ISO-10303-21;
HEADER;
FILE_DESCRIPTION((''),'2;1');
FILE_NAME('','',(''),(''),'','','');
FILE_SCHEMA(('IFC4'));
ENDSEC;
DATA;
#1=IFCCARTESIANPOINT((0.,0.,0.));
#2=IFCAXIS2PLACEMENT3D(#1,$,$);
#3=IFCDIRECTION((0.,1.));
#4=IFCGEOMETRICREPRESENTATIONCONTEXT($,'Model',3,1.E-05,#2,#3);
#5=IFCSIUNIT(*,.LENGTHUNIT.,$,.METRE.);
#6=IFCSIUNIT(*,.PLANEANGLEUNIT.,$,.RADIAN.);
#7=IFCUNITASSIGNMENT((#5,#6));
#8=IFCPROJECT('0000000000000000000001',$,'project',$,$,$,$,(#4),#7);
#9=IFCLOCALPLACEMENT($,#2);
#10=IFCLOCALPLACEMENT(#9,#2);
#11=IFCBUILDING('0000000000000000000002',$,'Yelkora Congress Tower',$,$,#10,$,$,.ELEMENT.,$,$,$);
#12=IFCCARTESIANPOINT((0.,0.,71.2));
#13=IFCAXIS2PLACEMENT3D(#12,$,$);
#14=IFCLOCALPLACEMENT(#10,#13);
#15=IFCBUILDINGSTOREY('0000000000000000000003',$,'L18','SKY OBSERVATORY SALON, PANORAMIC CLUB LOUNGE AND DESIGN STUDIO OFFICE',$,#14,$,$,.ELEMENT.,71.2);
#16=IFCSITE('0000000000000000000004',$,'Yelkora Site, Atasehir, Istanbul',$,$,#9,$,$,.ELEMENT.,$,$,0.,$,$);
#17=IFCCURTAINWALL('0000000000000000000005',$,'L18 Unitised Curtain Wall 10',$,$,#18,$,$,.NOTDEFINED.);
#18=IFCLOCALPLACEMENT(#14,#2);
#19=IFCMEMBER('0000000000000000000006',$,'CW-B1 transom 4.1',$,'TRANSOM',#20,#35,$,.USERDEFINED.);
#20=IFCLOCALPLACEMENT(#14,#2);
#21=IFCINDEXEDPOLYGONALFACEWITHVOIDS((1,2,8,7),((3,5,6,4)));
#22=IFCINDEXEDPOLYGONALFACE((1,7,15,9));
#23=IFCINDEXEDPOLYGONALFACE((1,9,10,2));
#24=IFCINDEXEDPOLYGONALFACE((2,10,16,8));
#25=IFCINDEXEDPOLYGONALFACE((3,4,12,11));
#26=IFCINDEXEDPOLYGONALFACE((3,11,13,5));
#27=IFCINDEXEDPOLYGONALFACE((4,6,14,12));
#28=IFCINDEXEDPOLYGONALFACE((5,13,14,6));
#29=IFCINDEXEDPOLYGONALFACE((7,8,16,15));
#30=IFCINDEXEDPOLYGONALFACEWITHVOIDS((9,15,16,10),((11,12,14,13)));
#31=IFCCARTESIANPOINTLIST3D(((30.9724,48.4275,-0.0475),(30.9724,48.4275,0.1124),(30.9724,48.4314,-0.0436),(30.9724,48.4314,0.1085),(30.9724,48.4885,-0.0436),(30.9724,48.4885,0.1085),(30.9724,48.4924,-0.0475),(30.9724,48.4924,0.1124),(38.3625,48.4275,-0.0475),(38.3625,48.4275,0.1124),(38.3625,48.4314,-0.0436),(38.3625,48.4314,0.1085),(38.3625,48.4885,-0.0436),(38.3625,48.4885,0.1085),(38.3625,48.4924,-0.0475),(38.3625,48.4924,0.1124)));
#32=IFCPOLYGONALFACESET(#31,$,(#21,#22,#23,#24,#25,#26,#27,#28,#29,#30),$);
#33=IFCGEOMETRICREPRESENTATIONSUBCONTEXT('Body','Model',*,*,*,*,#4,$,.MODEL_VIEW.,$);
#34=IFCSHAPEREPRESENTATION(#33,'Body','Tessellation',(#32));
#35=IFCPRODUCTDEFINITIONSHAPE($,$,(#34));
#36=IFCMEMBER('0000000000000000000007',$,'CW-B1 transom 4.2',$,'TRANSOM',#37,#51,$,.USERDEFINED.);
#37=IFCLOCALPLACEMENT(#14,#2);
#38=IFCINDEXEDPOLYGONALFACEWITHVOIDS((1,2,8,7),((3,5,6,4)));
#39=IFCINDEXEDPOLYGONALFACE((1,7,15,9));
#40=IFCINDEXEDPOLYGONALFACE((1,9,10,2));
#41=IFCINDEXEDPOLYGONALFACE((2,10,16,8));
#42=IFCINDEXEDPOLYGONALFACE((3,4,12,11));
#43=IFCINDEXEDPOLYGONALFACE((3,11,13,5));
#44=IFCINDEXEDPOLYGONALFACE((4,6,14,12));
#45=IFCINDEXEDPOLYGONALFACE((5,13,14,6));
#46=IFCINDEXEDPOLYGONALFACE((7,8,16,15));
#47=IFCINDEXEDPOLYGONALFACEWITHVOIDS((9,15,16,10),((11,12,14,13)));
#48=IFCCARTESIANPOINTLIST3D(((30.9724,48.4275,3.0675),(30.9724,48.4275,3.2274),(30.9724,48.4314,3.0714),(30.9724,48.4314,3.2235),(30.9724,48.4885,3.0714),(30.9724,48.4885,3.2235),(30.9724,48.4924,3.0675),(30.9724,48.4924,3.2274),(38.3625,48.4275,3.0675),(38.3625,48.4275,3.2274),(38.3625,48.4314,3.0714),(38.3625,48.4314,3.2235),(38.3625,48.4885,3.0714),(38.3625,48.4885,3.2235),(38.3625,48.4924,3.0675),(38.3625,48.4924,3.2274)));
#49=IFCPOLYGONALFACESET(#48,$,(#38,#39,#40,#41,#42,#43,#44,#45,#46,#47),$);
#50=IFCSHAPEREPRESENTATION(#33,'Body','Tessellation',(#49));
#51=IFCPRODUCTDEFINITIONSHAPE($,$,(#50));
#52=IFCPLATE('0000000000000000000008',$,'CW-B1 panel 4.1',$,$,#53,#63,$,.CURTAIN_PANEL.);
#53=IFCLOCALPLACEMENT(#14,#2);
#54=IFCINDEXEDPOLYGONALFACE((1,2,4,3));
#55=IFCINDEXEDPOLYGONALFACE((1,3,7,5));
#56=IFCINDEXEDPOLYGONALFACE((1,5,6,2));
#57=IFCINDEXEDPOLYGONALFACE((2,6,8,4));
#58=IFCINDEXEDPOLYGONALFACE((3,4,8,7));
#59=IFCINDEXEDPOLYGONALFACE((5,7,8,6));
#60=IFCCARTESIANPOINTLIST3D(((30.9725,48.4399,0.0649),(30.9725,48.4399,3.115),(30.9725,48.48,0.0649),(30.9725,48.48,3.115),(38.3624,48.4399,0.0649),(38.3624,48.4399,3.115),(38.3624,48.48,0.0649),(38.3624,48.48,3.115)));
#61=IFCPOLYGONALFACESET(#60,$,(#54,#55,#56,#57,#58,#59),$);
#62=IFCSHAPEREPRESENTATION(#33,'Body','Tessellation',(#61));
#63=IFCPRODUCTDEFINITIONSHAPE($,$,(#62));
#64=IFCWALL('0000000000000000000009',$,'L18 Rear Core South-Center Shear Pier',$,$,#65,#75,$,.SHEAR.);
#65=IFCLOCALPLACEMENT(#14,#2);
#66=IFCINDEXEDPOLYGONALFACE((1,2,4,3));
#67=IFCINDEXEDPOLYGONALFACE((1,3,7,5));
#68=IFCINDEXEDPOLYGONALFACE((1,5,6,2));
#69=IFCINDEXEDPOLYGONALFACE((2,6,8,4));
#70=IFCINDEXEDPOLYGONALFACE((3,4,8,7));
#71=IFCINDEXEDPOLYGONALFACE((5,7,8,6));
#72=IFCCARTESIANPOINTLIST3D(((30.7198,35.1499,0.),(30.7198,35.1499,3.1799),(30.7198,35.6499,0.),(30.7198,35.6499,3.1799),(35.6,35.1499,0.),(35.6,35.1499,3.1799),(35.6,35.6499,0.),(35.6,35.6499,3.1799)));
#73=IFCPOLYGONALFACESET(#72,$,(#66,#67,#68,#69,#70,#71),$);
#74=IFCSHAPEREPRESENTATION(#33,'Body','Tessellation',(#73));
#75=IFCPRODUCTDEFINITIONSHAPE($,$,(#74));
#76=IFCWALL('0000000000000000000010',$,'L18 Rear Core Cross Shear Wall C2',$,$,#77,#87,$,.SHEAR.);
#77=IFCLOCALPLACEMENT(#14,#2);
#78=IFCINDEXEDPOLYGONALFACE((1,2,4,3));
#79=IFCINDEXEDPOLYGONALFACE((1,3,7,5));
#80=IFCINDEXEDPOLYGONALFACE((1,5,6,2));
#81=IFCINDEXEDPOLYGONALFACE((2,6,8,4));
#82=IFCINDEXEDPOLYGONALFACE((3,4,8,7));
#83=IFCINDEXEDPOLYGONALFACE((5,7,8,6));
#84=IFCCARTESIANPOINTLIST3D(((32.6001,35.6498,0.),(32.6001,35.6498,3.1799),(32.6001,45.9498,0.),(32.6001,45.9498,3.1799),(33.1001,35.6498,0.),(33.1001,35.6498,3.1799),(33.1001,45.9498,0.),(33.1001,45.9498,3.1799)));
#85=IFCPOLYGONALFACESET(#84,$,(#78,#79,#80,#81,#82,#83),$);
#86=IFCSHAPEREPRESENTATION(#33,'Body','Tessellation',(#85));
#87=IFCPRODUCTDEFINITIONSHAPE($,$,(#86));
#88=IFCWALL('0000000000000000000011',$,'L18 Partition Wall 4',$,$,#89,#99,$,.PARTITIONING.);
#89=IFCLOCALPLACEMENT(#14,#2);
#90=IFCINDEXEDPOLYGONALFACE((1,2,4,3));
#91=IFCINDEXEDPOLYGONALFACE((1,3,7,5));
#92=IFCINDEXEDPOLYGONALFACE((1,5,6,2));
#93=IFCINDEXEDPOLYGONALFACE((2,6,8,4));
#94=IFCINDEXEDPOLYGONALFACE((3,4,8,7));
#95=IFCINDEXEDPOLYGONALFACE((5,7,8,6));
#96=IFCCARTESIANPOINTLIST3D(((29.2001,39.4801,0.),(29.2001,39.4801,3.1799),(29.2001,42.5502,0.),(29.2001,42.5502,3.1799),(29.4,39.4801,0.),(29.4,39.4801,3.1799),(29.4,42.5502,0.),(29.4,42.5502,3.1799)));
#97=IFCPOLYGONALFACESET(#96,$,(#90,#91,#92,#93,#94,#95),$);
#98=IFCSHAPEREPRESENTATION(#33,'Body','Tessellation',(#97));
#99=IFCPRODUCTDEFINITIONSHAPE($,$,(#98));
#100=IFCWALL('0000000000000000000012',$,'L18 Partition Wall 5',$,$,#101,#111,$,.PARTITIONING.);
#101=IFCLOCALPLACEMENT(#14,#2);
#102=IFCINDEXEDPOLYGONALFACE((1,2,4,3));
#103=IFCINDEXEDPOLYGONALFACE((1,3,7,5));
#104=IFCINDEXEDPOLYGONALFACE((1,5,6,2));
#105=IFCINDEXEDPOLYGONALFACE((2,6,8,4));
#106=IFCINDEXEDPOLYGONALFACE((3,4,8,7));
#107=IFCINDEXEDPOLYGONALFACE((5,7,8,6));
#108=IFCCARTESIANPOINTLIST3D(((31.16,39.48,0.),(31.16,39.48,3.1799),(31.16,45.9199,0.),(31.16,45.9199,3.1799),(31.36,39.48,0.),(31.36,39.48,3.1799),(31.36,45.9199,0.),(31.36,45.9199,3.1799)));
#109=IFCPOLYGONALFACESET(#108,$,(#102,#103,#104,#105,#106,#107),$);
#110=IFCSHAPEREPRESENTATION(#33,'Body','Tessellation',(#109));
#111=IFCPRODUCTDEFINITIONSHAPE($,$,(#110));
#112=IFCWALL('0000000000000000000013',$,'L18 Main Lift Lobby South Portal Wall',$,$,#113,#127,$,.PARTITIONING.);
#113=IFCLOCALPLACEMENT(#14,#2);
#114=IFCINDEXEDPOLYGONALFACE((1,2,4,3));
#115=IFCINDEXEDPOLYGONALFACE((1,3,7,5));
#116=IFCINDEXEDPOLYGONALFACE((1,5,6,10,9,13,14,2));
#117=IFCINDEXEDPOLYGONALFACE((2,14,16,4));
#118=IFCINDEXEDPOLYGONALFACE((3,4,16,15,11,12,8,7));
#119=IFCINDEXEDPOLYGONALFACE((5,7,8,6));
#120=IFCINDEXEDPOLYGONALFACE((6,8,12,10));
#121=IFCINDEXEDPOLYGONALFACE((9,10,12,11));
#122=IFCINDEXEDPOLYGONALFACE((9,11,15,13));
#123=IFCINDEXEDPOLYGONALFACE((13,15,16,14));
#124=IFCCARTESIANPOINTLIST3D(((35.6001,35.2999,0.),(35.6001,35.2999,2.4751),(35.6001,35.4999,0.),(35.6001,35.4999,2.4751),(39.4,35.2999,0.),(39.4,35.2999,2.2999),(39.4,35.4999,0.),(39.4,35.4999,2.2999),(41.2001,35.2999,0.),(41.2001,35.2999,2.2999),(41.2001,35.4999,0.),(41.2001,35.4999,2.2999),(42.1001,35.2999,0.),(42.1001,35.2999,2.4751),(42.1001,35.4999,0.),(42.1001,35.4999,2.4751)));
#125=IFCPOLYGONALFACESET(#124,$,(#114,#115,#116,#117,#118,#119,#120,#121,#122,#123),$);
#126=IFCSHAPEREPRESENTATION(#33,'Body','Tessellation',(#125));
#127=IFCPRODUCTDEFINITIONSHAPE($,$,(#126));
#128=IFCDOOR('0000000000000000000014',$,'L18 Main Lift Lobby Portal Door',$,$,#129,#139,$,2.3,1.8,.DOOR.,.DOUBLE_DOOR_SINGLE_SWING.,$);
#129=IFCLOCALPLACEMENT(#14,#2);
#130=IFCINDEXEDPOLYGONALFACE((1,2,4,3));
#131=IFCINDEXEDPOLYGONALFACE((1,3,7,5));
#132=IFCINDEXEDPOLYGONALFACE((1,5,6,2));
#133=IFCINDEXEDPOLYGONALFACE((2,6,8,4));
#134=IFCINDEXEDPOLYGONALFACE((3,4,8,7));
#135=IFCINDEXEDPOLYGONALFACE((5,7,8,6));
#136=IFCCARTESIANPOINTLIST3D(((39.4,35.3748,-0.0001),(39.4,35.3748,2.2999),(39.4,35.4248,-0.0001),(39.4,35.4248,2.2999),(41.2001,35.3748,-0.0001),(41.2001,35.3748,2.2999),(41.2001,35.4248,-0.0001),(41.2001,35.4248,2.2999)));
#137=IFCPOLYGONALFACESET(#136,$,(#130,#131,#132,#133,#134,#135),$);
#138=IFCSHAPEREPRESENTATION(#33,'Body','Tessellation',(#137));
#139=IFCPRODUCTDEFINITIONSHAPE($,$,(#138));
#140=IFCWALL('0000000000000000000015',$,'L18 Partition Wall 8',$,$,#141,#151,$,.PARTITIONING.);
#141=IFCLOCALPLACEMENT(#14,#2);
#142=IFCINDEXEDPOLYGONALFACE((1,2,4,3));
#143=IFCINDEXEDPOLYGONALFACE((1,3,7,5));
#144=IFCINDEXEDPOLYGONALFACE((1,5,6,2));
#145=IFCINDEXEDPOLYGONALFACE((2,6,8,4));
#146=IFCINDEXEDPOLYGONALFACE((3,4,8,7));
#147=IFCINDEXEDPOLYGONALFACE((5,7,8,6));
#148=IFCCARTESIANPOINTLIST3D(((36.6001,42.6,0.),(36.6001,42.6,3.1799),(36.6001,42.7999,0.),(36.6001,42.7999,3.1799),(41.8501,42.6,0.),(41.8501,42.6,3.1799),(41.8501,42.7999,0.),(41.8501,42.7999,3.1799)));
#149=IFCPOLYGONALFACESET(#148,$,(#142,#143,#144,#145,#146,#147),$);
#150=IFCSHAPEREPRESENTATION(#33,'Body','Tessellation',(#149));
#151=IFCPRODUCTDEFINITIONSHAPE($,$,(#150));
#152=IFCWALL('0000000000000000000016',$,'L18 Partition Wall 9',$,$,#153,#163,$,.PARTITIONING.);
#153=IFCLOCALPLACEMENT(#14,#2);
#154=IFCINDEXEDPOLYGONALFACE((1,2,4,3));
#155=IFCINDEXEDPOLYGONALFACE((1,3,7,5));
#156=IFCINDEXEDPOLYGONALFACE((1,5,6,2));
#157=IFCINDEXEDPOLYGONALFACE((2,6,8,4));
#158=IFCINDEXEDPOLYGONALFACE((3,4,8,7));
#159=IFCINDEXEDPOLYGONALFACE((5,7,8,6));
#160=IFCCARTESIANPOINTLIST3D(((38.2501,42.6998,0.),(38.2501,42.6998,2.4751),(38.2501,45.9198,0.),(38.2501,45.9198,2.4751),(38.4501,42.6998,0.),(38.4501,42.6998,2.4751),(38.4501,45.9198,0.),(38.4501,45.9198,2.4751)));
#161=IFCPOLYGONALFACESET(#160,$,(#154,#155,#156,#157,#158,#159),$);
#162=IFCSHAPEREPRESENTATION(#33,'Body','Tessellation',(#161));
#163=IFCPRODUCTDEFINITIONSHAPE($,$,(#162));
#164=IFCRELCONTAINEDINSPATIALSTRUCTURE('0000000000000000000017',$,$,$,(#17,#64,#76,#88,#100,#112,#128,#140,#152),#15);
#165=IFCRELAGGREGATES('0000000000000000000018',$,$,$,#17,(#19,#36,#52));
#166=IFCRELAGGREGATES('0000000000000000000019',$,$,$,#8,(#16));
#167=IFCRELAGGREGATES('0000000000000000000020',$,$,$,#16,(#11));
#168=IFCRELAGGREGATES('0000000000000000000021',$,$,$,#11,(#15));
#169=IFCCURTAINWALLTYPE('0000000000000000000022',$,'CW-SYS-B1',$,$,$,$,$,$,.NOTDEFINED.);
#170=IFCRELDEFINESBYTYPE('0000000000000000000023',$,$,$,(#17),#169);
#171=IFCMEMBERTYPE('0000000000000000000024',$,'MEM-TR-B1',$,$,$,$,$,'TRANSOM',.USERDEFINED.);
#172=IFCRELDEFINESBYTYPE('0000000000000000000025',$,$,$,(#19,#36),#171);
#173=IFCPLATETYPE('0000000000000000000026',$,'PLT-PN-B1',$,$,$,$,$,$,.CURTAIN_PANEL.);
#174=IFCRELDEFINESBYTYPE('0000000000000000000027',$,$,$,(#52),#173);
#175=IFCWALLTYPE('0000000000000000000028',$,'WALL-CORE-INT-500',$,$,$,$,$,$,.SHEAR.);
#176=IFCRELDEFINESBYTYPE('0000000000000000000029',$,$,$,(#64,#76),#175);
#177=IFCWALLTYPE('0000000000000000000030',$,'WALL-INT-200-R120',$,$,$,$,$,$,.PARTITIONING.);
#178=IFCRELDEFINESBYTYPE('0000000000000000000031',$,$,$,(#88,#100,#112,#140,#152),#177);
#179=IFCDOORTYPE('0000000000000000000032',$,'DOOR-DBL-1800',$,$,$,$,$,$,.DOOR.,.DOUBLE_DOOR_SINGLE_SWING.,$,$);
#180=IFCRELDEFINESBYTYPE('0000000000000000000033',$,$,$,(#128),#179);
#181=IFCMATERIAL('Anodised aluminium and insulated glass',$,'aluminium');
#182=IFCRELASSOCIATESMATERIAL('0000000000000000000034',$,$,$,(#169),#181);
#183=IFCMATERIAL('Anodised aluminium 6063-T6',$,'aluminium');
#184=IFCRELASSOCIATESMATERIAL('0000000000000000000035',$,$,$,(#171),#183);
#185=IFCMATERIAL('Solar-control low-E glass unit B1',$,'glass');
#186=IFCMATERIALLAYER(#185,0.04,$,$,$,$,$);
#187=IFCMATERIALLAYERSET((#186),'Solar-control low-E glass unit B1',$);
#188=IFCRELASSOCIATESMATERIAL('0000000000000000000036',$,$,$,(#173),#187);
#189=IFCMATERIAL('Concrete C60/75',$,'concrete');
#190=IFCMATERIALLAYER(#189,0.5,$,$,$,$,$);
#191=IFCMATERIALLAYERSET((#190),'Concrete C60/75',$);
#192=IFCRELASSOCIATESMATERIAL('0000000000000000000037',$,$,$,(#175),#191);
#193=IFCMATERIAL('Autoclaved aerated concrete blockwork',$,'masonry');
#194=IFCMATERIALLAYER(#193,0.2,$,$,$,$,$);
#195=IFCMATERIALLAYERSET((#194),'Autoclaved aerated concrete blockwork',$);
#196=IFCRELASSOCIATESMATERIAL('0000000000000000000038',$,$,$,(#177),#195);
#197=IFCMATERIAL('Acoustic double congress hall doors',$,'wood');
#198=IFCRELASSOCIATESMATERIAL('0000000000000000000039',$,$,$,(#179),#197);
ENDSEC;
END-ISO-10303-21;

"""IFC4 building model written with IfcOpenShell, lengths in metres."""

from ifc_helpers import new_model, si_unit, direction, frame, frame_2d, origin, origin_2d, place, context, subcontext, project, spatial, rectangle, hollow_rectangle, extrude, material, layer, layer_set, material_profile, profile_set, type_object, element, fill, aggregate, save


model = new_model("IFC4")

# Units and contexts
model_context = context("Model", 3, precision=1e-05, world=origin(), true_north=direction((0.0, 1.0)))
body_context = subcontext(model_context, "Body", "Model", "MODEL_VIEW")
ifc_project = project(units=[si_unit("LENGTHUNIT", "METRE"), si_unit("PLANEANGLEUNIT", "RADIAN")], contexts=[model_context])

# Site, building, storey
site_placement = place(None, origin())
site = spatial("IfcSite", under=ifc_project, at=site_placement, Name="Yelkora Site, Atasehir, Istanbul", CompositionType="ELEMENT", RefElevation=0.0)
building_placement = place(site_placement, origin())
building = spatial("IfcBuilding", under=site, at=building_placement, Name="Yelkora Congress Tower", CompositionType="ELEMENT")
storey_placement = place(building_placement, frame((0.0, 0.0, 71.2)))
storey = spatial("IfcBuildingStorey", under=building, at=storey_placement, Name="L18", Description="SKY OBSERVATORY SALON, PANORAMIC CLUB LOUNGE AND DESIGN STUDIO OFFICE", CompositionType="ELEMENT", Elevation=71.2)

# Shared definitions
ifc_material_1 = material(Name="Concrete C60/75", Category="concrete")

# Curtain wall, members, plate
ifc_material_2 = material(Name="Anodised aluminium and insulated glass", Category="aluminium")
curtain_wall_type = type_object("IfcCurtainWallType", Name="CW-SYS-B1", PredefinedType="NOTDEFINED", material=ifc_material_2)
curtain_wall_placement = place(storey_placement, origin())
curtain_wall = element("IfcCurtainWall", 1, at=curtain_wall_placement, inside=storey, type_object=curtain_wall_type, Name="L18 Unitised Curtain Wall 10", PredefinedType="NOTDEFINED")
ifc_material_3 = material(Name="Anodised aluminium 6063-T6", Category="aluminium")
ifc_material_profile_1 = material_profile(ifc_material_3, hollow_rectangle(XDim=0.0649, YDim=0.1599, WallThickness=0.0039, at=origin_2d()), Name="ALU 65x160x4")
ifc_profile_set_1 = profile_set([ifc_material_profile_1], Name="Anodised aluminium 6063-T6")
member_type_1 = type_object("IfcMemberType", Name="MEM-TR-B1", ElementType="TRANSOM", PredefinedType="USERDEFINED", material=ifc_profile_set_1)
member_1_placement = place(storey_placement, frame((30.9724, 48.46, 0.0325), z_axis=(1.0, 0.0, 0.0), x_axis=(0.0, 1.0, 0.0)))
member_1 = element("IfcMember", 2, at=member_1_placement, type_object=member_type_1, Name="CW-B1 transom 4.1", ObjectType="TRANSOM", PredefinedType="USERDEFINED", context=body_context, shape_type="SweptSolid", body=[
    extrude(hollow_rectangle(XDim=0.0649, YDim=0.1599, WallThickness=0.0039, at=origin_2d()), origin(), (0.0, 0.0, 1.0), 7.3901),
])
member_2_placement = place(storey_placement, frame((30.9724, 48.46, 3.1475), z_axis=(1.0, 0.0, 0.0), x_axis=(0.0, 1.0, 0.0)))
member_2 = element("IfcMember", 3, at=member_2_placement, type_object=member_type_1, Name="CW-B1 transom 4.2", ObjectType="TRANSOM", PredefinedType="USERDEFINED", context=body_context, shape_type="SweptSolid", body=[
    extrude(hollow_rectangle(XDim=0.0649, YDim=0.1599, WallThickness=0.0039, at=origin_2d()), origin(), (0.0, 0.0, 1.0), 7.3901),
])
ifc_material_4 = material(Name="Solar-control low-E glass unit B1", Category="glass")
ifc_layer_1 = layer(ifc_material_4, 0.04)
ifc_layer_set_1 = layer_set([ifc_layer_1], Name="Solar-control low-E glass unit B1")
plate_type = type_object("IfcPlateType", Name="PLT-PN-B1", PredefinedType="CURTAIN_PANEL", material=ifc_layer_set_1)
plate_placement = place(storey_placement, frame((34.6675, 48.46, 0.0649), z_axis=(0.0, 0.0, 1.0), x_axis=(1.0, 0.0, 0.0)))
plate = element("IfcPlate", 4, at=plate_placement, type_object=plate_type, Name="CW-B1 panel 4.1", PredefinedType="CURTAIN_PANEL", context=body_context, shape_type="SweptSolid", body=[
    extrude(rectangle(XDim=7.3899, YDim=0.04, at=origin_2d()), origin(), (0.0, 0.0, 1.0), 3.05),
])
aggregate(curtain_wall, [member_1, member_2, plate])

# Walls
ifc_layer_2 = layer(ifc_material_1, 0.5)
ifc_layer_set_2 = layer_set([ifc_layer_2], Name="Concrete C60/75")
wall_type_1 = type_object("IfcWallType", Name="WALL-CORE-INT-500", PredefinedType="SHEAR", material=ifc_layer_set_2)
wall_1_placement = place(storey_placement, frame((30.72, 35.3999, 0.0), z_axis=(0.0, 0.0, 1.0), x_axis=(1.0, 0.0, 0.0)))
element("IfcWall", 5, at=wall_1_placement, inside=storey, type_object=wall_type_1, Name="L18 Rear Core South-Center Shear Pier", PredefinedType="SHEAR", context=body_context, shape_type="SweptSolid", body=[
    extrude(rectangle(XDim=4.8801, YDim=0.5, at=frame_2d((2.4399, 0.0))), origin(), (0.0, 0.0, 1.0), 3.1799),
])
wall_2_placement = place(storey_placement, frame((32.8501, 35.6499, 0.0), z_axis=(0.0, 0.0, 1.0), x_axis=(0.0, 1.0, 0.0)))
element("IfcWall", 6, at=wall_2_placement, inside=storey, type_object=wall_type_1, Name="L18 Rear Core Cross Shear Wall C2", PredefinedType="SHEAR", context=body_context, shape_type="SweptSolid", body=[
    extrude(rectangle(XDim=10.3, YDim=0.5, at=frame_2d((5.1499, 0.0))), origin(), (0.0, 0.0, 1.0), 3.1799),
])
ifc_material_5 = material(Name="Autoclaved aerated concrete blockwork", Category="masonry")
ifc_layer_3 = layer(ifc_material_5, 0.2)
ifc_layer_set_3 = layer_set([ifc_layer_3], Name="Autoclaved aerated concrete blockwork")
wall_type_2 = type_object("IfcWallType", Name="WALL-INT-200-R120", PredefinedType="PARTITIONING", material=ifc_layer_set_3)
wall_3_placement = place(storey_placement, frame((29.3, 39.48, 0.0), z_axis=(0.0, 0.0, 1.0), x_axis=(0.0, 1.0, 0.0)))
element("IfcWall", 7, at=wall_3_placement, inside=storey, type_object=wall_type_2, Name="L18 Partition Wall 4", PredefinedType="PARTITIONING", context=body_context, shape_type="SweptSolid", body=[
    extrude(rectangle(XDim=3.0701, YDim=0.2, at=frame_2d((1.5352, 0.0))), origin(), (0.0, 0.0, 1.0), 3.1799),
])
wall_4_placement = place(storey_placement, frame((31.26, 39.48, 0.0), z_axis=(0.0, 0.0, 1.0), x_axis=(0.0, 1.0, 0.0)))
element("IfcWall", 8, at=wall_4_placement, inside=storey, type_object=wall_type_2, Name="L18 Partition Wall 5", PredefinedType="PARTITIONING", context=body_context, shape_type="SweptSolid", body=[
    extrude(rectangle(XDim=6.4399, YDim=0.2, at=frame_2d((3.22, 0.0))), origin(), (0.0, 0.0, 1.0), 3.1799),
])

# Wall, opening, door
wall_5_placement = place(storey_placement, frame((35.6001, 35.3999, 0.0), z_axis=(0.0, 0.0, 1.0), x_axis=(1.0, 0.0, 0.0)))
wall_5 = element("IfcWall", 9, at=wall_5_placement, inside=storey, type_object=wall_type_2, Name="L18 Main Lift Lobby South Portal Wall", PredefinedType="PARTITIONING", context=body_context, shape_type="SweptSolid", body=[
    extrude(rectangle(XDim=6.5, YDim=0.2, at=frame_2d((3.25, 0.0))), origin(), (0.0, 0.0, 1.0), 2.4751),
])
opening_1_placement = place(wall_5_placement, frame((3.8, 0.0, 0.0)))
opening_1 = element("IfcOpeningElement", 10, at=opening_1_placement, cuts=wall_5, PredefinedType="OPENING", context=body_context, shape_type="SweptSolid", body=[
    extrude(rectangle(XDim=1.8, YDim=2.3, at=frame_2d((0.8999, 1.1499))), frame((0.0, 0.1099, 0.0), z_axis=(0.0, -1.0, 0.0), x_axis=(1.0, 0.0, 0.0)), (0.0, 0.0, 1.0), 0.22),
])
ifc_material_6 = material(Name="Acoustic double congress hall doors", Category="wood")
door_type_1 = type_object("IfcDoorType", Name="DOOR-DBL-1800", OperationType="DOUBLE_DOOR_SINGLE_SWING", PredefinedType="DOOR", material=ifc_material_6)
door_1_placement = place(opening_1_placement, origin())
door_1 = element("IfcDoor", 11, at=door_1_placement, inside=storey, type_object=door_type_1, Name="L18 Main Lift Lobby Portal Door", OperationType="DOUBLE_DOOR_SINGLE_SWING", OverallHeight=2.3, OverallWidth=1.8, PredefinedType="DOOR", context=body_context, shape_type="SweptSolid", body=[
    extrude(rectangle(XDim=1.8, YDim=2.3, at=frame_2d((0.8999, 1.1499))), frame((0.0, 0.0249, 0.0), z_axis=(0.0, -1.0, 0.0), x_axis=(1.0, 0.0, 0.0)), (0.0, 0.0, 1.0), 0.05),
])
fill(opening_1, door_1)

# Walls
wall_6_placement = place(storey_placement, frame((36.6001, 42.7, 0.0), z_axis=(0.0, 0.0, 1.0), x_axis=(1.0, 0.0, 0.0)))
element("IfcWall", 12, at=wall_6_placement, inside=storey, type_object=wall_type_2, Name="L18 Partition Wall 8", PredefinedType="PARTITIONING", context=body_context, shape_type="SweptSolid", body=[
    extrude(rectangle(XDim=5.25, YDim=0.2, at=frame_2d((2.625, 0.0))), origin(), (0.0, 0.0, 1.0), 3.1799),
])
wall_7_placement = place(storey_placement, frame((38.3501, 42.7, 0.0), z_axis=(0.0, 0.0, 1.0), x_axis=(0.0, 1.0, 0.0)))
element("IfcWall", 13, at=wall_7_placement, inside=storey, type_object=wall_type_2, Name="L18 Partition Wall 9", PredefinedType="PARTITIONING", context=body_context, shape_type="SweptSolid", body=[
    extrude(rectangle(XDim=3.22, YDim=0.2, at=frame_2d((1.6099, 0.0))), origin(), (0.0, 0.0, 1.0), 2.4751),
])

save(model, "model.ifc")
